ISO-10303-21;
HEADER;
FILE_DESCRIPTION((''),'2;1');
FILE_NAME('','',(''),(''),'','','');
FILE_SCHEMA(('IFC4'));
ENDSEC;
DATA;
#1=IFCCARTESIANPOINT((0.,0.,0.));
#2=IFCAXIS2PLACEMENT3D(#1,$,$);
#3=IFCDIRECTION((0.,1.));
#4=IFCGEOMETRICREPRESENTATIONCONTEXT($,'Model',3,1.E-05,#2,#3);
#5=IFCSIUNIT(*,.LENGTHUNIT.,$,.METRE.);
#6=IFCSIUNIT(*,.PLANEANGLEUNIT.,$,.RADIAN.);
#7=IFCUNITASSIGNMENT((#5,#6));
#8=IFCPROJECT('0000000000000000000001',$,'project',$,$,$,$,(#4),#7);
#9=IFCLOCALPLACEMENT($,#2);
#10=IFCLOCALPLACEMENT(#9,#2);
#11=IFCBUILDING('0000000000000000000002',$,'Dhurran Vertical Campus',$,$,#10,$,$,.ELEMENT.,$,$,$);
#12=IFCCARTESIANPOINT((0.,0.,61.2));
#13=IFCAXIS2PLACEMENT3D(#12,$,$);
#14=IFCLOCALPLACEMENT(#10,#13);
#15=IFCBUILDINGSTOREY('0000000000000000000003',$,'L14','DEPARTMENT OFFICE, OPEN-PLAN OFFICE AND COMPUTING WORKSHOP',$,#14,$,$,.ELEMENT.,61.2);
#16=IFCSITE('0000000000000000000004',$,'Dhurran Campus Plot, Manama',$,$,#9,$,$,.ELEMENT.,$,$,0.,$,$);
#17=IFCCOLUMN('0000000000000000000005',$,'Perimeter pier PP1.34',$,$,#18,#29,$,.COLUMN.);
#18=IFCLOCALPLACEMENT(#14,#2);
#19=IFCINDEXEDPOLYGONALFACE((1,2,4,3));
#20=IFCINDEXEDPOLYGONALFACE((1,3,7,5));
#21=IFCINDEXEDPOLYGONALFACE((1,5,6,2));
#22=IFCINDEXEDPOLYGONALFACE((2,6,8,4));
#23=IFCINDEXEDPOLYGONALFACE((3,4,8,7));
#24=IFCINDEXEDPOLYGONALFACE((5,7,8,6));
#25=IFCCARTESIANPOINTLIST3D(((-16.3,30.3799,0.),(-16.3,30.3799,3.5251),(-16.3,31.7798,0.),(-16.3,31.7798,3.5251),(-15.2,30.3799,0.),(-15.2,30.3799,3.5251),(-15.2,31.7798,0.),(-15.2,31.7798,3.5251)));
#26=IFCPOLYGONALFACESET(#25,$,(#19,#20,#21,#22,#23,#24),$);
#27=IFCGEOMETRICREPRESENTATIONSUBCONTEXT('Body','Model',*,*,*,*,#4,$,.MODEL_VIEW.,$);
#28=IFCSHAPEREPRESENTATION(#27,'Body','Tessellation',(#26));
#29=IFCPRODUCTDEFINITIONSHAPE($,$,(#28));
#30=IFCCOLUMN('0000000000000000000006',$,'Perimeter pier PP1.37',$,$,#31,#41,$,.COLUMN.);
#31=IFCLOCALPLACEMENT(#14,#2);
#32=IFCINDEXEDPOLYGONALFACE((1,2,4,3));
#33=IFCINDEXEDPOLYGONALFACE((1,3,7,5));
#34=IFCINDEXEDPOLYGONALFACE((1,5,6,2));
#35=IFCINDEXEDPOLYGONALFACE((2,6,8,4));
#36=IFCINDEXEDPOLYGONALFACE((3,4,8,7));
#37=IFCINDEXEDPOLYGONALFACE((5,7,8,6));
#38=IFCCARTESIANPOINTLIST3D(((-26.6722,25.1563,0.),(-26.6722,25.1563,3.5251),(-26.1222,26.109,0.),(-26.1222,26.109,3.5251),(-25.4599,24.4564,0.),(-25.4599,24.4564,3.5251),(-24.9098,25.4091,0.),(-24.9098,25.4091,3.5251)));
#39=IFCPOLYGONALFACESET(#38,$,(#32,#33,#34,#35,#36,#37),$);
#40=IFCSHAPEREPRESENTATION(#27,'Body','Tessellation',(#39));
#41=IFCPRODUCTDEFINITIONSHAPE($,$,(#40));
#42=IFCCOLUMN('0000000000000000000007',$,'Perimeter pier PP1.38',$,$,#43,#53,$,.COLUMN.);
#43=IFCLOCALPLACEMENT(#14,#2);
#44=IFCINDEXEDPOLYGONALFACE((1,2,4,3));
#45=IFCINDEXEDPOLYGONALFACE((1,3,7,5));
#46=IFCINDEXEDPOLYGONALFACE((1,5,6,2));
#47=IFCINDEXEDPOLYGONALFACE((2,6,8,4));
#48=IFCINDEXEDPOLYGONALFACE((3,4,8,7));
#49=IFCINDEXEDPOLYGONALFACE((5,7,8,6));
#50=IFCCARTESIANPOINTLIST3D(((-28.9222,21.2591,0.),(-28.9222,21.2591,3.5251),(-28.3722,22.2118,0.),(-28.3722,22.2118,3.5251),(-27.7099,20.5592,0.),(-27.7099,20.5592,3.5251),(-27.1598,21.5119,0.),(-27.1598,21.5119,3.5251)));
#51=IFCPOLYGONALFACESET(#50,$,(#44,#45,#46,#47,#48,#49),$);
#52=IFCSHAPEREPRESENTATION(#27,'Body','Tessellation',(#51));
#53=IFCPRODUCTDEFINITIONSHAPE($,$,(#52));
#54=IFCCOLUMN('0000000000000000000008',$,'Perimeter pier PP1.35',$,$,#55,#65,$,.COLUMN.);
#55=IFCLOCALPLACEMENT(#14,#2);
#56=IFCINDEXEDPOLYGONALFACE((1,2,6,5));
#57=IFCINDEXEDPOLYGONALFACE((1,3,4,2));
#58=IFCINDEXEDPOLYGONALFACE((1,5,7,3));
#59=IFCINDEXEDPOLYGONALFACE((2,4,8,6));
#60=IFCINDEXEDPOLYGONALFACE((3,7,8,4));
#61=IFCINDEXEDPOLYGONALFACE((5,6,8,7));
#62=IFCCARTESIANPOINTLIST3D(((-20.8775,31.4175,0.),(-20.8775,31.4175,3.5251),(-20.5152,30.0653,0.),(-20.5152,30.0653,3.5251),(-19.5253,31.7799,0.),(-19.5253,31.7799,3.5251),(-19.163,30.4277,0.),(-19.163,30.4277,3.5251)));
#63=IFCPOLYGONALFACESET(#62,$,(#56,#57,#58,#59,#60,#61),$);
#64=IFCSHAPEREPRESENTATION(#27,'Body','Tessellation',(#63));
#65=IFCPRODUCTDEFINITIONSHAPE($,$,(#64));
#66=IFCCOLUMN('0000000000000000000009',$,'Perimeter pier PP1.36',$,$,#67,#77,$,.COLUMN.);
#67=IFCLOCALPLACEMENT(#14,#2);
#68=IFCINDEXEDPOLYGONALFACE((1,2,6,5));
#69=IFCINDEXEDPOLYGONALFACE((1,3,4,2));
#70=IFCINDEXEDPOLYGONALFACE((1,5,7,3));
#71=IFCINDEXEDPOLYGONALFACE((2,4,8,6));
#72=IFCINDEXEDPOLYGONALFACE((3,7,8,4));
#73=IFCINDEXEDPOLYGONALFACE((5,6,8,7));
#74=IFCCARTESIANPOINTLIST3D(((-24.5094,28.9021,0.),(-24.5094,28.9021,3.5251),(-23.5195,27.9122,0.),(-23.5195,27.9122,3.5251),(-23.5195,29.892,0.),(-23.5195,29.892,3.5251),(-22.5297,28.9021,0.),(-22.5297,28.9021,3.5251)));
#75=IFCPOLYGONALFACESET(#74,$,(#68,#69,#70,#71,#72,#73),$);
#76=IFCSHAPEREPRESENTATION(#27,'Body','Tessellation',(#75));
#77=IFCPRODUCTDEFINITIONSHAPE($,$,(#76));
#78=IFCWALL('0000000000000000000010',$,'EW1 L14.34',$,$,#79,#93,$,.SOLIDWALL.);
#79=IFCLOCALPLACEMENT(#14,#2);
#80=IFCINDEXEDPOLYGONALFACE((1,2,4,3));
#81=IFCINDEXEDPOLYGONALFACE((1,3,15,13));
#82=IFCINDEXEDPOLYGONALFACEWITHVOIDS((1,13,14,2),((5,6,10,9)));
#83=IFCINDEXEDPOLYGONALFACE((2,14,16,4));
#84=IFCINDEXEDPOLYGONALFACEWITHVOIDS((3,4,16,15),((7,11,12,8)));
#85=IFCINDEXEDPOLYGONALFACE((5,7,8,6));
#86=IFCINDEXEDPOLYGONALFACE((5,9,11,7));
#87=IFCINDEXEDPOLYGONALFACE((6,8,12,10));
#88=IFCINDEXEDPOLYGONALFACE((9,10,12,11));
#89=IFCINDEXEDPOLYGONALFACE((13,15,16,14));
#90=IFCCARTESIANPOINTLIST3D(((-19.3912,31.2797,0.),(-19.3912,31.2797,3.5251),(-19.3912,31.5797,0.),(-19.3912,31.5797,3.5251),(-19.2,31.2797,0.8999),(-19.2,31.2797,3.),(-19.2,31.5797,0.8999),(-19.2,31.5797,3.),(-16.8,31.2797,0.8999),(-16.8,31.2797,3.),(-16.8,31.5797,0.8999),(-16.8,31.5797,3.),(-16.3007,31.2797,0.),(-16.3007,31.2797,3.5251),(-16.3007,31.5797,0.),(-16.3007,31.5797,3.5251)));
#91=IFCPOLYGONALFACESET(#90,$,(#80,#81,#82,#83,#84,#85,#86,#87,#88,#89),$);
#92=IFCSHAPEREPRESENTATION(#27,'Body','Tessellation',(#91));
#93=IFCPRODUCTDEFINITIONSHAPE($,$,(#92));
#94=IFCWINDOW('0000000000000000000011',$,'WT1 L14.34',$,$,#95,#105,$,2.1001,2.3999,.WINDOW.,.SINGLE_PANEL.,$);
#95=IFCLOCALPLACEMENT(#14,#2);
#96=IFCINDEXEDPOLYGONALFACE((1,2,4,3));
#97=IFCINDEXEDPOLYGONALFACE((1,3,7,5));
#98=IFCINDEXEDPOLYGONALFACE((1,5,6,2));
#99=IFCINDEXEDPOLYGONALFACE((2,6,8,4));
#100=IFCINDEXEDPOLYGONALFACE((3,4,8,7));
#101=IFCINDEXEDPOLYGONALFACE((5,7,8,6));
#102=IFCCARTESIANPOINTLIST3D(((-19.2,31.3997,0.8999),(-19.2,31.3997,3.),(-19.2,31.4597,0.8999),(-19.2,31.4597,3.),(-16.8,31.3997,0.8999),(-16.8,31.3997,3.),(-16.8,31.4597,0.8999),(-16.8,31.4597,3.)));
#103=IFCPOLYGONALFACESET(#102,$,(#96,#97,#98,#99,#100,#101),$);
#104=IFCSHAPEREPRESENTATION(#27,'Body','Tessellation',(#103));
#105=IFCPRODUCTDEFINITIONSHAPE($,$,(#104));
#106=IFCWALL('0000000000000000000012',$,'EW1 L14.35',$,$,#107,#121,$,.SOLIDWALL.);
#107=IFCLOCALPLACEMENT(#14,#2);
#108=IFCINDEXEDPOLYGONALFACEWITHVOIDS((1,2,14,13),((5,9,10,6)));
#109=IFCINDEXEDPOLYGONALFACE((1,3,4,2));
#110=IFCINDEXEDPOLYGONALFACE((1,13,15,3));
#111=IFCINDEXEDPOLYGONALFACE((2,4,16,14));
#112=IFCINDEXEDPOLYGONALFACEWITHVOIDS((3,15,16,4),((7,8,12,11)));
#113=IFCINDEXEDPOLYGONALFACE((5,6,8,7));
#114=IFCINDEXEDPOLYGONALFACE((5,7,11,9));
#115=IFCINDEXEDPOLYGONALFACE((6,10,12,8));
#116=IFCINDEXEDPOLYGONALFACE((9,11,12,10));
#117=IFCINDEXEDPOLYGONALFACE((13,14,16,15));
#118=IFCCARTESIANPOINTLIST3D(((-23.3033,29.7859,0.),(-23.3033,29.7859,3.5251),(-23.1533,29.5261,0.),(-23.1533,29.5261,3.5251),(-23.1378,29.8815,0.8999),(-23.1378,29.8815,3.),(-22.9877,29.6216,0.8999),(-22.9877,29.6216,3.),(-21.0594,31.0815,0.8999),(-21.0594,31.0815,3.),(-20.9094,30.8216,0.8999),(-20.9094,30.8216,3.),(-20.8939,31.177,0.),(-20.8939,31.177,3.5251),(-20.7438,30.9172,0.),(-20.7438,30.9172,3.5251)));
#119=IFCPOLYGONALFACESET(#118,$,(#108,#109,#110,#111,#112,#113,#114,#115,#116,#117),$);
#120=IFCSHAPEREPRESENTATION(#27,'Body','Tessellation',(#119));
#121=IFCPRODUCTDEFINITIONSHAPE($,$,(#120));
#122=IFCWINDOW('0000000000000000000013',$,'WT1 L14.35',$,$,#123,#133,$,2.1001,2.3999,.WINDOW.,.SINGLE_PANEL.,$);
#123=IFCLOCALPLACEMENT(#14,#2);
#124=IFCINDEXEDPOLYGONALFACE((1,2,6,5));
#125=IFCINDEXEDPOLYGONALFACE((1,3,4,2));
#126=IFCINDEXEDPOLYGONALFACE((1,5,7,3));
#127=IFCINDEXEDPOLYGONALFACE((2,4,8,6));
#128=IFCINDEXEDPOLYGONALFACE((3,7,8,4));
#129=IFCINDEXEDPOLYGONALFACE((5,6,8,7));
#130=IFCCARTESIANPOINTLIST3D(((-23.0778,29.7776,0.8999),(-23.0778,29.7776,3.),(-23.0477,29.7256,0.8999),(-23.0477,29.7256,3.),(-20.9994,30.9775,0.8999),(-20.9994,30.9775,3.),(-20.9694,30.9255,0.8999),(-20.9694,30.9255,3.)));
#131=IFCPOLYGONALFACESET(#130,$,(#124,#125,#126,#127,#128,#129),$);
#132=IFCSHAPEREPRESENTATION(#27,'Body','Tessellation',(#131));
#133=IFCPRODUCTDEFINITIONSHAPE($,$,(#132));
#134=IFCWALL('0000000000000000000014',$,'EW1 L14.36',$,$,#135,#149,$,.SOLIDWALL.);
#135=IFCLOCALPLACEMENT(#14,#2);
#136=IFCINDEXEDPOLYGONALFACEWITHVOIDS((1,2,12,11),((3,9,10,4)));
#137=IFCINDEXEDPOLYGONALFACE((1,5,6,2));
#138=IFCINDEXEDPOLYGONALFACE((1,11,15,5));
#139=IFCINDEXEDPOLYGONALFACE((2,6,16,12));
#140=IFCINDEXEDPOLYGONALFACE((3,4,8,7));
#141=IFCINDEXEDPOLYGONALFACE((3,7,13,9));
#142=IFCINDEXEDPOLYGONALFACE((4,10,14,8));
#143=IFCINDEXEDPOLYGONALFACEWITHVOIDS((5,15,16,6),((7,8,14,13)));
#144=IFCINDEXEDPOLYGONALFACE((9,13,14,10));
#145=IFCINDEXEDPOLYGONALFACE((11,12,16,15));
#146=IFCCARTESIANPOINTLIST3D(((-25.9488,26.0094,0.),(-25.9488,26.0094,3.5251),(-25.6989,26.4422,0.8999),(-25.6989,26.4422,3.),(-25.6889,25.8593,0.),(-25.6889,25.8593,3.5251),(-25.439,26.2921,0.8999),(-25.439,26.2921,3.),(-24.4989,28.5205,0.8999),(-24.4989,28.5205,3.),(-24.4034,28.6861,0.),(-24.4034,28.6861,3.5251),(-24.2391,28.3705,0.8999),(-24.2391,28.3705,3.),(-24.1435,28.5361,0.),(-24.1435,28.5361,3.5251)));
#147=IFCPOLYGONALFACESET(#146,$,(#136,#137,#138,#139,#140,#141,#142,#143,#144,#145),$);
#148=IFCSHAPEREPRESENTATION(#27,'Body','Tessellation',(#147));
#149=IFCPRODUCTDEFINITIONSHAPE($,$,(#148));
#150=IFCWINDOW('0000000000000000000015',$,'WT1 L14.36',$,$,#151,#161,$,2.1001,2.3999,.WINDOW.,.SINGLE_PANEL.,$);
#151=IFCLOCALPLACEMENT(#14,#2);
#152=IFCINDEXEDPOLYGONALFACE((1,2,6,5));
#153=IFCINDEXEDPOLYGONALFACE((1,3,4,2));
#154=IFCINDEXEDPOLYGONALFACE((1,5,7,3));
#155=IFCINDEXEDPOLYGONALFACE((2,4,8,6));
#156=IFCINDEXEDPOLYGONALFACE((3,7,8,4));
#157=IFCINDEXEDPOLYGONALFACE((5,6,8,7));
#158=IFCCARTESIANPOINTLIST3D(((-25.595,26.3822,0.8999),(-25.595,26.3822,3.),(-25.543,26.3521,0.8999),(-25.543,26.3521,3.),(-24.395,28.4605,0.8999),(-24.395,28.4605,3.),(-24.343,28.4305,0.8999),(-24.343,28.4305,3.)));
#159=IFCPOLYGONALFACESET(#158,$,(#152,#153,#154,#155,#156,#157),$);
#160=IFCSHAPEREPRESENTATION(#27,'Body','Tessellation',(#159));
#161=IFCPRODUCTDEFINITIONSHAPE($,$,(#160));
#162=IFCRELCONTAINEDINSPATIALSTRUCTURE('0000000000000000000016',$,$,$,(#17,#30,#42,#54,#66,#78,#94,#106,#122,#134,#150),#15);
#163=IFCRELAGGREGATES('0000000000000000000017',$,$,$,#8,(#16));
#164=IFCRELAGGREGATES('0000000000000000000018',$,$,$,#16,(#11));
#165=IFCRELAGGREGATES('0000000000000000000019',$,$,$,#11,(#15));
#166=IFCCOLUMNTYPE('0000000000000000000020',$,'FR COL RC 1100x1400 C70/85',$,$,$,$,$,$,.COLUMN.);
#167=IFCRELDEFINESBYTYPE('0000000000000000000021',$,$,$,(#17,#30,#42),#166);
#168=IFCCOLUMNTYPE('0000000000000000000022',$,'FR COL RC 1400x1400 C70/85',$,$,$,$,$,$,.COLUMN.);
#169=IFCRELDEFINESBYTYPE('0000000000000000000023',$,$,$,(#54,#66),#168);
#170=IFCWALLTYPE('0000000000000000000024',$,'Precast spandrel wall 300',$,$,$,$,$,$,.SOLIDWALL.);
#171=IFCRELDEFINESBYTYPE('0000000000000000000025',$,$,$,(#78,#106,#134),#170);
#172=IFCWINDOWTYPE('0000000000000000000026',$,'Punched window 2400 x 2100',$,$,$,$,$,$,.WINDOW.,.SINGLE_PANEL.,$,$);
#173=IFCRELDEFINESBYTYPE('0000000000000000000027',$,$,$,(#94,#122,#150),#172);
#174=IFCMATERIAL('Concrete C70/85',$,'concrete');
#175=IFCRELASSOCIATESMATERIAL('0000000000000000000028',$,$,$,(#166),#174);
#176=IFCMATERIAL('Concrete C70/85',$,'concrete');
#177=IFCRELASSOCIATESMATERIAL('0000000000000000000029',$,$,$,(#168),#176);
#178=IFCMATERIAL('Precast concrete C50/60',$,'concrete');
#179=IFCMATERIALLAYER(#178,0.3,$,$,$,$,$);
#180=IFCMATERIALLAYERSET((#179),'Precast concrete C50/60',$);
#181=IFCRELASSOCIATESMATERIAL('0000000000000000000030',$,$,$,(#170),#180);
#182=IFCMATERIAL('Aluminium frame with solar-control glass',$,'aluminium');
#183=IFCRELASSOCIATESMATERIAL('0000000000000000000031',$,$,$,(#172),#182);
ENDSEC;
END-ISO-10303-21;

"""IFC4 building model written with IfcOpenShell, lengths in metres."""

from ifc_helpers import new_model, si_unit, direction, frame, frame_2d, origin, origin_2d, place, context, subcontext, project, spatial, rectangle, extrude, material, layer, layer_set, material_profile, profile_set, type_object, element, fill, save


model = new_model("IFC4")

# Units and contexts
model_context = context("Model", 3, precision=1e-05, world=origin(), true_north=direction((0.0, 1.0)))
body_context = subcontext(model_context, "Body", "Model", "MODEL_VIEW")
ifc_project = project(units=[si_unit("LENGTHUNIT", "METRE"), si_unit("PLANEANGLEUNIT", "RADIAN")], contexts=[model_context])

# Site, building, storey
site_placement = place(None, origin())
site = spatial("IfcSite", under=ifc_project, at=site_placement, Name="Dhurran Campus Plot, Manama", CompositionType="ELEMENT", RefElevation=0.0)
building_placement = place(site_placement, origin())
building = spatial("IfcBuilding", under=site, at=building_placement, Name="Dhurran Vertical Campus", CompositionType="ELEMENT")
storey_placement = place(building_placement, frame((0.0, 0.0, 61.2)))
storey = spatial("IfcBuildingStorey", under=building, at=storey_placement, Name="L14", Description="DEPARTMENT OFFICE, OPEN-PLAN OFFICE AND COMPUTING WORKSHOP", CompositionType="ELEMENT", Elevation=61.2)

# Columns
ifc_material_1 = material(Name="Concrete C70/85", Category="concrete")
ifc_material_profile_1 = material_profile(ifc_material_1, rectangle(XDim=1.1001, YDim=1.3999, at=origin_2d()), Name="RC 1100x1400")
ifc_profile_set_1 = profile_set([ifc_material_profile_1], Name="Concrete C70/85")
column_type_1 = type_object("IfcColumnType", Name="FR COL RC 1100x1400 C70/85", PredefinedType="COLUMN", material=ifc_profile_set_1)
for number, where, z_axis, x_axis, name in (
    (1, (-15.75, 31.0798, 0.0), (0.0, 0.0, 1.0), (-1.0, 0.0, 0.0), "Perimeter pier PP1.34"),
    (2, (-25.791, 25.2827, 0.0), (0.0, 0.0, 1.0), (-0.5, -0.866025, 0.0), "Perimeter pier PP1.37"),
    (3, (-28.041, 21.3855, 0.0), (0.0, 0.0, 1.0), (-0.5, -0.866025, 0.0), "Perimeter pier PP1.38"),
):
    element("IfcColumn", number, at=place(storey_placement, frame(where, z_axis=z_axis, x_axis=x_axis)), inside=storey, type_object=column_type_1, Name=name, PredefinedType="COLUMN", context=body_context, shape_type="SweptSolid", body=[
        extrude(rectangle(XDim=1.1001, YDim=1.3999, at=origin_2d()), origin(), (0.0, 0.0, 1.0), 3.5251),
    ])
ifc_material_2 = material(Name="Concrete C70/85", Category="concrete")
ifc_material_profile_2 = material_profile(ifc_material_2, rectangle(XDim=1.3999, YDim=1.3999, at=origin_2d()), Name="RC 1400x1400")
ifc_profile_set_2 = profile_set([ifc_material_profile_2], Name="Concrete C70/85")
column_type_2 = type_object("IfcColumnType", Name="FR COL RC 1400x1400 C70/85", PredefinedType="COLUMN", material=ifc_profile_set_2)
for number, where, z_axis, x_axis, name in (
    (4, (-20.0203, 30.9226, 0.0), (0.0, 0.0, 1.0), (-0.965926, -0.258819, 0.0), "Perimeter pier PP1.35"),
    (5, (-23.5195, 28.9021, 0.0), (0.0, 0.0, 1.0), (-0.707107, -0.707107, 0.0), "Perimeter pier PP1.36"),
):
    element("IfcColumn", number, at=place(storey_placement, frame(where, z_axis=z_axis, x_axis=x_axis)), inside=storey, type_object=column_type_2, Name=name, PredefinedType="COLUMN", context=body_context, shape_type="SweptSolid", body=[
        extrude(rectangle(XDim=1.3999, YDim=1.3999, at=origin_2d()), origin(), (0.0, 0.0, 1.0), 3.5251),
    ])

# Walls, openings, windows
ifc_material_3 = material(Name="Precast concrete C50/60", Category="concrete")
ifc_layer_1 = layer(ifc_material_3, 0.3)
ifc_layer_set_1 = layer_set([ifc_layer_1], Name="Precast concrete C50/60")
wall_type_1 = type_object("IfcWallType", Name="Precast spandrel wall 300", PredefinedType="SOLIDWALL", material=ifc_layer_set_1)
wall_1_placement = place(storey_placement, frame((-16.3005, 31.4297, 0.0), z_axis=(0.0, 0.0, 1.0), x_axis=(-1.0, 0.0, 0.0)))
wall_1 = element("IfcWall", 6, at=wall_1_placement, inside=storey, type_object=wall_type_1, Name="EW1 L14.34", PredefinedType="SOLIDWALL", context=body_context, shape_type="SweptSolid", body=[
    extrude(rectangle(XDim=3.0906, YDim=0.3, at=frame_2d((1.5454, 0.0))), origin(), (0.0, 0.0, 1.0), 3.5251),
])
opening_1_placement = place(wall_1_placement, frame((0.4995, 0.0, 0.8999)))
opening_1 = element("IfcOpeningElement", 7, at=opening_1_placement, cuts=wall_1, PredefinedType="OPENING", context=body_context, shape_type="SweptSolid", body=[
    extrude(rectangle(XDim=2.3999, YDim=2.1001, at=frame_2d((1.2, 1.05))), frame((0.0, 0.1599, 0.0), z_axis=(0.0, -1.0, 0.0), x_axis=(1.0, 0.0, 0.0)), (0.0, 0.0, 1.0), 0.3201),
])
ifc_material_4 = material(Name="Aluminium frame with solar-control glass", Category="aluminium")
window_type = type_object("IfcWindowType", Name="Punched window 2400 x 2100", PartitioningType="SINGLE_PANEL", PredefinedType="WINDOW", material=ifc_material_4)
window_1_placement = place(opening_1_placement, origin())
window_1 = element("IfcWindow", 8, at=window_1_placement, inside=storey, type_object=window_type, Name="WT1 L14.34", OverallHeight=2.1001, OverallWidth=2.3999, PartitioningType="SINGLE_PANEL", PredefinedType="WINDOW", context=body_context, shape_type="SweptSolid", body=[
    extrude(rectangle(XDim=2.3999, YDim=2.1001, at=frame_2d((1.2, 1.05))), frame((0.0, 0.03, 0.0), z_axis=(0.0, -1.0, 0.0), x_axis=(1.0, 0.0, 0.0)), (0.0, 0.0, 1.0), 0.0601),
])
fill(opening_1, window_1)
wall_2_placement = place(storey_placement, frame((-20.8188, 31.0471, 0.0), z_axis=(0.0, 0.0, 1.0), x_axis=(-0.86602, -0.500009, 0.0)))
wall_2 = element("IfcWall", 9, at=wall_2_placement, inside=storey, type_object=wall_type_1, Name="EW1 L14.35", PredefinedType="SOLIDWALL", context=body_context, shape_type="SweptSolid", body=[
    extrude(rectangle(XDim=2.7822, YDim=0.3, at=frame_2d((1.3911, 0.0))), origin(), (0.0, 0.0, 1.0), 3.5251),
])
opening_2_placement = place(wall_2_placement, frame((0.1912, 0.0, 0.8999)))
opening_2 = element("IfcOpeningElement", 10, at=opening_2_placement, cuts=wall_2, PredefinedType="OPENING", context=body_context, shape_type="SweptSolid", body=[
    extrude(rectangle(XDim=2.3999, YDim=2.1001, at=frame_2d((1.2, 1.05))), frame((0.0, 0.1599, 0.0), z_axis=(0.0, -1.0, 0.0), x_axis=(1.0, 0.0, 0.0)), (0.0, 0.0, 1.0), 0.3201),
])
window_2_placement = place(opening_2_placement, origin())
window_2 = element("IfcWindow", 11, at=window_2_placement, inside=storey, type_object=window_type, Name="WT1 L14.35", OverallHeight=2.1001, OverallWidth=2.3999, PartitioningType="SINGLE_PANEL", PredefinedType="WINDOW", context=body_context, shape_type="SweptSolid", body=[
    extrude(rectangle(XDim=2.3999, YDim=2.1001, at=frame_2d((1.2, 1.05))), frame((0.0, 0.03, 0.0), z_axis=(0.0, -1.0, 0.0), x_axis=(1.0, 0.0, 0.0)), (0.0, 0.0, 1.0), 0.0601),
])
fill(opening_2, window_2)
wall_3_placement = place(storey_placement, frame((-24.2734, 28.6111, 0.0), z_axis=(0.0, 0.0, 1.0), x_axis=(-0.499996, -0.866028, 0.0)))
wall_3 = element("IfcWall", 12, at=wall_3_placement, inside=storey, type_object=wall_type_1, Name="EW1 L14.36", PredefinedType="SOLIDWALL", context=body_context, shape_type="SweptSolid", body=[
    extrude(rectangle(XDim=3.0908, YDim=0.3, at=frame_2d((1.5454, 0.0))), origin(), (0.0, 0.0, 1.0), 3.5251),
])
opening_3_placement = place(wall_3_placement, frame((0.1912, 0.0, 0.8999)))
opening_3 = element("IfcOpeningElement", 13, at=opening_3_placement, cuts=wall_3, PredefinedType="OPENING", context=body_context, shape_type="SweptSolid", body=[
    extrude(rectangle(XDim=2.3999, YDim=2.1001, at=frame_2d((1.2, 1.05))), frame((0.0, 0.1599, 0.0), z_axis=(0.0, -1.0, 0.0), x_axis=(1.0, 0.0, 0.0)), (0.0, 0.0, 1.0), 0.3201),
])
window_3_placement = place(opening_3_placement, origin())
window_3 = element("IfcWindow", 14, at=window_3_placement, inside=storey, type_object=window_type, Name="WT1 L14.36", OverallHeight=2.1001, OverallWidth=2.3999, PartitioningType="SINGLE_PANEL", PredefinedType="WINDOW", context=body_context, shape_type="SweptSolid", body=[
    extrude(rectangle(XDim=2.3999, YDim=2.1001, at=frame_2d((1.2, 1.05))), frame((0.0, 0.03, 0.0), z_axis=(0.0, -1.0, 0.0), x_axis=(1.0, 0.0, 0.0)), (0.0, 0.0, 1.0), 0.0601),
])
fill(opening_3, window_3)

save(model, "model.ifc")
